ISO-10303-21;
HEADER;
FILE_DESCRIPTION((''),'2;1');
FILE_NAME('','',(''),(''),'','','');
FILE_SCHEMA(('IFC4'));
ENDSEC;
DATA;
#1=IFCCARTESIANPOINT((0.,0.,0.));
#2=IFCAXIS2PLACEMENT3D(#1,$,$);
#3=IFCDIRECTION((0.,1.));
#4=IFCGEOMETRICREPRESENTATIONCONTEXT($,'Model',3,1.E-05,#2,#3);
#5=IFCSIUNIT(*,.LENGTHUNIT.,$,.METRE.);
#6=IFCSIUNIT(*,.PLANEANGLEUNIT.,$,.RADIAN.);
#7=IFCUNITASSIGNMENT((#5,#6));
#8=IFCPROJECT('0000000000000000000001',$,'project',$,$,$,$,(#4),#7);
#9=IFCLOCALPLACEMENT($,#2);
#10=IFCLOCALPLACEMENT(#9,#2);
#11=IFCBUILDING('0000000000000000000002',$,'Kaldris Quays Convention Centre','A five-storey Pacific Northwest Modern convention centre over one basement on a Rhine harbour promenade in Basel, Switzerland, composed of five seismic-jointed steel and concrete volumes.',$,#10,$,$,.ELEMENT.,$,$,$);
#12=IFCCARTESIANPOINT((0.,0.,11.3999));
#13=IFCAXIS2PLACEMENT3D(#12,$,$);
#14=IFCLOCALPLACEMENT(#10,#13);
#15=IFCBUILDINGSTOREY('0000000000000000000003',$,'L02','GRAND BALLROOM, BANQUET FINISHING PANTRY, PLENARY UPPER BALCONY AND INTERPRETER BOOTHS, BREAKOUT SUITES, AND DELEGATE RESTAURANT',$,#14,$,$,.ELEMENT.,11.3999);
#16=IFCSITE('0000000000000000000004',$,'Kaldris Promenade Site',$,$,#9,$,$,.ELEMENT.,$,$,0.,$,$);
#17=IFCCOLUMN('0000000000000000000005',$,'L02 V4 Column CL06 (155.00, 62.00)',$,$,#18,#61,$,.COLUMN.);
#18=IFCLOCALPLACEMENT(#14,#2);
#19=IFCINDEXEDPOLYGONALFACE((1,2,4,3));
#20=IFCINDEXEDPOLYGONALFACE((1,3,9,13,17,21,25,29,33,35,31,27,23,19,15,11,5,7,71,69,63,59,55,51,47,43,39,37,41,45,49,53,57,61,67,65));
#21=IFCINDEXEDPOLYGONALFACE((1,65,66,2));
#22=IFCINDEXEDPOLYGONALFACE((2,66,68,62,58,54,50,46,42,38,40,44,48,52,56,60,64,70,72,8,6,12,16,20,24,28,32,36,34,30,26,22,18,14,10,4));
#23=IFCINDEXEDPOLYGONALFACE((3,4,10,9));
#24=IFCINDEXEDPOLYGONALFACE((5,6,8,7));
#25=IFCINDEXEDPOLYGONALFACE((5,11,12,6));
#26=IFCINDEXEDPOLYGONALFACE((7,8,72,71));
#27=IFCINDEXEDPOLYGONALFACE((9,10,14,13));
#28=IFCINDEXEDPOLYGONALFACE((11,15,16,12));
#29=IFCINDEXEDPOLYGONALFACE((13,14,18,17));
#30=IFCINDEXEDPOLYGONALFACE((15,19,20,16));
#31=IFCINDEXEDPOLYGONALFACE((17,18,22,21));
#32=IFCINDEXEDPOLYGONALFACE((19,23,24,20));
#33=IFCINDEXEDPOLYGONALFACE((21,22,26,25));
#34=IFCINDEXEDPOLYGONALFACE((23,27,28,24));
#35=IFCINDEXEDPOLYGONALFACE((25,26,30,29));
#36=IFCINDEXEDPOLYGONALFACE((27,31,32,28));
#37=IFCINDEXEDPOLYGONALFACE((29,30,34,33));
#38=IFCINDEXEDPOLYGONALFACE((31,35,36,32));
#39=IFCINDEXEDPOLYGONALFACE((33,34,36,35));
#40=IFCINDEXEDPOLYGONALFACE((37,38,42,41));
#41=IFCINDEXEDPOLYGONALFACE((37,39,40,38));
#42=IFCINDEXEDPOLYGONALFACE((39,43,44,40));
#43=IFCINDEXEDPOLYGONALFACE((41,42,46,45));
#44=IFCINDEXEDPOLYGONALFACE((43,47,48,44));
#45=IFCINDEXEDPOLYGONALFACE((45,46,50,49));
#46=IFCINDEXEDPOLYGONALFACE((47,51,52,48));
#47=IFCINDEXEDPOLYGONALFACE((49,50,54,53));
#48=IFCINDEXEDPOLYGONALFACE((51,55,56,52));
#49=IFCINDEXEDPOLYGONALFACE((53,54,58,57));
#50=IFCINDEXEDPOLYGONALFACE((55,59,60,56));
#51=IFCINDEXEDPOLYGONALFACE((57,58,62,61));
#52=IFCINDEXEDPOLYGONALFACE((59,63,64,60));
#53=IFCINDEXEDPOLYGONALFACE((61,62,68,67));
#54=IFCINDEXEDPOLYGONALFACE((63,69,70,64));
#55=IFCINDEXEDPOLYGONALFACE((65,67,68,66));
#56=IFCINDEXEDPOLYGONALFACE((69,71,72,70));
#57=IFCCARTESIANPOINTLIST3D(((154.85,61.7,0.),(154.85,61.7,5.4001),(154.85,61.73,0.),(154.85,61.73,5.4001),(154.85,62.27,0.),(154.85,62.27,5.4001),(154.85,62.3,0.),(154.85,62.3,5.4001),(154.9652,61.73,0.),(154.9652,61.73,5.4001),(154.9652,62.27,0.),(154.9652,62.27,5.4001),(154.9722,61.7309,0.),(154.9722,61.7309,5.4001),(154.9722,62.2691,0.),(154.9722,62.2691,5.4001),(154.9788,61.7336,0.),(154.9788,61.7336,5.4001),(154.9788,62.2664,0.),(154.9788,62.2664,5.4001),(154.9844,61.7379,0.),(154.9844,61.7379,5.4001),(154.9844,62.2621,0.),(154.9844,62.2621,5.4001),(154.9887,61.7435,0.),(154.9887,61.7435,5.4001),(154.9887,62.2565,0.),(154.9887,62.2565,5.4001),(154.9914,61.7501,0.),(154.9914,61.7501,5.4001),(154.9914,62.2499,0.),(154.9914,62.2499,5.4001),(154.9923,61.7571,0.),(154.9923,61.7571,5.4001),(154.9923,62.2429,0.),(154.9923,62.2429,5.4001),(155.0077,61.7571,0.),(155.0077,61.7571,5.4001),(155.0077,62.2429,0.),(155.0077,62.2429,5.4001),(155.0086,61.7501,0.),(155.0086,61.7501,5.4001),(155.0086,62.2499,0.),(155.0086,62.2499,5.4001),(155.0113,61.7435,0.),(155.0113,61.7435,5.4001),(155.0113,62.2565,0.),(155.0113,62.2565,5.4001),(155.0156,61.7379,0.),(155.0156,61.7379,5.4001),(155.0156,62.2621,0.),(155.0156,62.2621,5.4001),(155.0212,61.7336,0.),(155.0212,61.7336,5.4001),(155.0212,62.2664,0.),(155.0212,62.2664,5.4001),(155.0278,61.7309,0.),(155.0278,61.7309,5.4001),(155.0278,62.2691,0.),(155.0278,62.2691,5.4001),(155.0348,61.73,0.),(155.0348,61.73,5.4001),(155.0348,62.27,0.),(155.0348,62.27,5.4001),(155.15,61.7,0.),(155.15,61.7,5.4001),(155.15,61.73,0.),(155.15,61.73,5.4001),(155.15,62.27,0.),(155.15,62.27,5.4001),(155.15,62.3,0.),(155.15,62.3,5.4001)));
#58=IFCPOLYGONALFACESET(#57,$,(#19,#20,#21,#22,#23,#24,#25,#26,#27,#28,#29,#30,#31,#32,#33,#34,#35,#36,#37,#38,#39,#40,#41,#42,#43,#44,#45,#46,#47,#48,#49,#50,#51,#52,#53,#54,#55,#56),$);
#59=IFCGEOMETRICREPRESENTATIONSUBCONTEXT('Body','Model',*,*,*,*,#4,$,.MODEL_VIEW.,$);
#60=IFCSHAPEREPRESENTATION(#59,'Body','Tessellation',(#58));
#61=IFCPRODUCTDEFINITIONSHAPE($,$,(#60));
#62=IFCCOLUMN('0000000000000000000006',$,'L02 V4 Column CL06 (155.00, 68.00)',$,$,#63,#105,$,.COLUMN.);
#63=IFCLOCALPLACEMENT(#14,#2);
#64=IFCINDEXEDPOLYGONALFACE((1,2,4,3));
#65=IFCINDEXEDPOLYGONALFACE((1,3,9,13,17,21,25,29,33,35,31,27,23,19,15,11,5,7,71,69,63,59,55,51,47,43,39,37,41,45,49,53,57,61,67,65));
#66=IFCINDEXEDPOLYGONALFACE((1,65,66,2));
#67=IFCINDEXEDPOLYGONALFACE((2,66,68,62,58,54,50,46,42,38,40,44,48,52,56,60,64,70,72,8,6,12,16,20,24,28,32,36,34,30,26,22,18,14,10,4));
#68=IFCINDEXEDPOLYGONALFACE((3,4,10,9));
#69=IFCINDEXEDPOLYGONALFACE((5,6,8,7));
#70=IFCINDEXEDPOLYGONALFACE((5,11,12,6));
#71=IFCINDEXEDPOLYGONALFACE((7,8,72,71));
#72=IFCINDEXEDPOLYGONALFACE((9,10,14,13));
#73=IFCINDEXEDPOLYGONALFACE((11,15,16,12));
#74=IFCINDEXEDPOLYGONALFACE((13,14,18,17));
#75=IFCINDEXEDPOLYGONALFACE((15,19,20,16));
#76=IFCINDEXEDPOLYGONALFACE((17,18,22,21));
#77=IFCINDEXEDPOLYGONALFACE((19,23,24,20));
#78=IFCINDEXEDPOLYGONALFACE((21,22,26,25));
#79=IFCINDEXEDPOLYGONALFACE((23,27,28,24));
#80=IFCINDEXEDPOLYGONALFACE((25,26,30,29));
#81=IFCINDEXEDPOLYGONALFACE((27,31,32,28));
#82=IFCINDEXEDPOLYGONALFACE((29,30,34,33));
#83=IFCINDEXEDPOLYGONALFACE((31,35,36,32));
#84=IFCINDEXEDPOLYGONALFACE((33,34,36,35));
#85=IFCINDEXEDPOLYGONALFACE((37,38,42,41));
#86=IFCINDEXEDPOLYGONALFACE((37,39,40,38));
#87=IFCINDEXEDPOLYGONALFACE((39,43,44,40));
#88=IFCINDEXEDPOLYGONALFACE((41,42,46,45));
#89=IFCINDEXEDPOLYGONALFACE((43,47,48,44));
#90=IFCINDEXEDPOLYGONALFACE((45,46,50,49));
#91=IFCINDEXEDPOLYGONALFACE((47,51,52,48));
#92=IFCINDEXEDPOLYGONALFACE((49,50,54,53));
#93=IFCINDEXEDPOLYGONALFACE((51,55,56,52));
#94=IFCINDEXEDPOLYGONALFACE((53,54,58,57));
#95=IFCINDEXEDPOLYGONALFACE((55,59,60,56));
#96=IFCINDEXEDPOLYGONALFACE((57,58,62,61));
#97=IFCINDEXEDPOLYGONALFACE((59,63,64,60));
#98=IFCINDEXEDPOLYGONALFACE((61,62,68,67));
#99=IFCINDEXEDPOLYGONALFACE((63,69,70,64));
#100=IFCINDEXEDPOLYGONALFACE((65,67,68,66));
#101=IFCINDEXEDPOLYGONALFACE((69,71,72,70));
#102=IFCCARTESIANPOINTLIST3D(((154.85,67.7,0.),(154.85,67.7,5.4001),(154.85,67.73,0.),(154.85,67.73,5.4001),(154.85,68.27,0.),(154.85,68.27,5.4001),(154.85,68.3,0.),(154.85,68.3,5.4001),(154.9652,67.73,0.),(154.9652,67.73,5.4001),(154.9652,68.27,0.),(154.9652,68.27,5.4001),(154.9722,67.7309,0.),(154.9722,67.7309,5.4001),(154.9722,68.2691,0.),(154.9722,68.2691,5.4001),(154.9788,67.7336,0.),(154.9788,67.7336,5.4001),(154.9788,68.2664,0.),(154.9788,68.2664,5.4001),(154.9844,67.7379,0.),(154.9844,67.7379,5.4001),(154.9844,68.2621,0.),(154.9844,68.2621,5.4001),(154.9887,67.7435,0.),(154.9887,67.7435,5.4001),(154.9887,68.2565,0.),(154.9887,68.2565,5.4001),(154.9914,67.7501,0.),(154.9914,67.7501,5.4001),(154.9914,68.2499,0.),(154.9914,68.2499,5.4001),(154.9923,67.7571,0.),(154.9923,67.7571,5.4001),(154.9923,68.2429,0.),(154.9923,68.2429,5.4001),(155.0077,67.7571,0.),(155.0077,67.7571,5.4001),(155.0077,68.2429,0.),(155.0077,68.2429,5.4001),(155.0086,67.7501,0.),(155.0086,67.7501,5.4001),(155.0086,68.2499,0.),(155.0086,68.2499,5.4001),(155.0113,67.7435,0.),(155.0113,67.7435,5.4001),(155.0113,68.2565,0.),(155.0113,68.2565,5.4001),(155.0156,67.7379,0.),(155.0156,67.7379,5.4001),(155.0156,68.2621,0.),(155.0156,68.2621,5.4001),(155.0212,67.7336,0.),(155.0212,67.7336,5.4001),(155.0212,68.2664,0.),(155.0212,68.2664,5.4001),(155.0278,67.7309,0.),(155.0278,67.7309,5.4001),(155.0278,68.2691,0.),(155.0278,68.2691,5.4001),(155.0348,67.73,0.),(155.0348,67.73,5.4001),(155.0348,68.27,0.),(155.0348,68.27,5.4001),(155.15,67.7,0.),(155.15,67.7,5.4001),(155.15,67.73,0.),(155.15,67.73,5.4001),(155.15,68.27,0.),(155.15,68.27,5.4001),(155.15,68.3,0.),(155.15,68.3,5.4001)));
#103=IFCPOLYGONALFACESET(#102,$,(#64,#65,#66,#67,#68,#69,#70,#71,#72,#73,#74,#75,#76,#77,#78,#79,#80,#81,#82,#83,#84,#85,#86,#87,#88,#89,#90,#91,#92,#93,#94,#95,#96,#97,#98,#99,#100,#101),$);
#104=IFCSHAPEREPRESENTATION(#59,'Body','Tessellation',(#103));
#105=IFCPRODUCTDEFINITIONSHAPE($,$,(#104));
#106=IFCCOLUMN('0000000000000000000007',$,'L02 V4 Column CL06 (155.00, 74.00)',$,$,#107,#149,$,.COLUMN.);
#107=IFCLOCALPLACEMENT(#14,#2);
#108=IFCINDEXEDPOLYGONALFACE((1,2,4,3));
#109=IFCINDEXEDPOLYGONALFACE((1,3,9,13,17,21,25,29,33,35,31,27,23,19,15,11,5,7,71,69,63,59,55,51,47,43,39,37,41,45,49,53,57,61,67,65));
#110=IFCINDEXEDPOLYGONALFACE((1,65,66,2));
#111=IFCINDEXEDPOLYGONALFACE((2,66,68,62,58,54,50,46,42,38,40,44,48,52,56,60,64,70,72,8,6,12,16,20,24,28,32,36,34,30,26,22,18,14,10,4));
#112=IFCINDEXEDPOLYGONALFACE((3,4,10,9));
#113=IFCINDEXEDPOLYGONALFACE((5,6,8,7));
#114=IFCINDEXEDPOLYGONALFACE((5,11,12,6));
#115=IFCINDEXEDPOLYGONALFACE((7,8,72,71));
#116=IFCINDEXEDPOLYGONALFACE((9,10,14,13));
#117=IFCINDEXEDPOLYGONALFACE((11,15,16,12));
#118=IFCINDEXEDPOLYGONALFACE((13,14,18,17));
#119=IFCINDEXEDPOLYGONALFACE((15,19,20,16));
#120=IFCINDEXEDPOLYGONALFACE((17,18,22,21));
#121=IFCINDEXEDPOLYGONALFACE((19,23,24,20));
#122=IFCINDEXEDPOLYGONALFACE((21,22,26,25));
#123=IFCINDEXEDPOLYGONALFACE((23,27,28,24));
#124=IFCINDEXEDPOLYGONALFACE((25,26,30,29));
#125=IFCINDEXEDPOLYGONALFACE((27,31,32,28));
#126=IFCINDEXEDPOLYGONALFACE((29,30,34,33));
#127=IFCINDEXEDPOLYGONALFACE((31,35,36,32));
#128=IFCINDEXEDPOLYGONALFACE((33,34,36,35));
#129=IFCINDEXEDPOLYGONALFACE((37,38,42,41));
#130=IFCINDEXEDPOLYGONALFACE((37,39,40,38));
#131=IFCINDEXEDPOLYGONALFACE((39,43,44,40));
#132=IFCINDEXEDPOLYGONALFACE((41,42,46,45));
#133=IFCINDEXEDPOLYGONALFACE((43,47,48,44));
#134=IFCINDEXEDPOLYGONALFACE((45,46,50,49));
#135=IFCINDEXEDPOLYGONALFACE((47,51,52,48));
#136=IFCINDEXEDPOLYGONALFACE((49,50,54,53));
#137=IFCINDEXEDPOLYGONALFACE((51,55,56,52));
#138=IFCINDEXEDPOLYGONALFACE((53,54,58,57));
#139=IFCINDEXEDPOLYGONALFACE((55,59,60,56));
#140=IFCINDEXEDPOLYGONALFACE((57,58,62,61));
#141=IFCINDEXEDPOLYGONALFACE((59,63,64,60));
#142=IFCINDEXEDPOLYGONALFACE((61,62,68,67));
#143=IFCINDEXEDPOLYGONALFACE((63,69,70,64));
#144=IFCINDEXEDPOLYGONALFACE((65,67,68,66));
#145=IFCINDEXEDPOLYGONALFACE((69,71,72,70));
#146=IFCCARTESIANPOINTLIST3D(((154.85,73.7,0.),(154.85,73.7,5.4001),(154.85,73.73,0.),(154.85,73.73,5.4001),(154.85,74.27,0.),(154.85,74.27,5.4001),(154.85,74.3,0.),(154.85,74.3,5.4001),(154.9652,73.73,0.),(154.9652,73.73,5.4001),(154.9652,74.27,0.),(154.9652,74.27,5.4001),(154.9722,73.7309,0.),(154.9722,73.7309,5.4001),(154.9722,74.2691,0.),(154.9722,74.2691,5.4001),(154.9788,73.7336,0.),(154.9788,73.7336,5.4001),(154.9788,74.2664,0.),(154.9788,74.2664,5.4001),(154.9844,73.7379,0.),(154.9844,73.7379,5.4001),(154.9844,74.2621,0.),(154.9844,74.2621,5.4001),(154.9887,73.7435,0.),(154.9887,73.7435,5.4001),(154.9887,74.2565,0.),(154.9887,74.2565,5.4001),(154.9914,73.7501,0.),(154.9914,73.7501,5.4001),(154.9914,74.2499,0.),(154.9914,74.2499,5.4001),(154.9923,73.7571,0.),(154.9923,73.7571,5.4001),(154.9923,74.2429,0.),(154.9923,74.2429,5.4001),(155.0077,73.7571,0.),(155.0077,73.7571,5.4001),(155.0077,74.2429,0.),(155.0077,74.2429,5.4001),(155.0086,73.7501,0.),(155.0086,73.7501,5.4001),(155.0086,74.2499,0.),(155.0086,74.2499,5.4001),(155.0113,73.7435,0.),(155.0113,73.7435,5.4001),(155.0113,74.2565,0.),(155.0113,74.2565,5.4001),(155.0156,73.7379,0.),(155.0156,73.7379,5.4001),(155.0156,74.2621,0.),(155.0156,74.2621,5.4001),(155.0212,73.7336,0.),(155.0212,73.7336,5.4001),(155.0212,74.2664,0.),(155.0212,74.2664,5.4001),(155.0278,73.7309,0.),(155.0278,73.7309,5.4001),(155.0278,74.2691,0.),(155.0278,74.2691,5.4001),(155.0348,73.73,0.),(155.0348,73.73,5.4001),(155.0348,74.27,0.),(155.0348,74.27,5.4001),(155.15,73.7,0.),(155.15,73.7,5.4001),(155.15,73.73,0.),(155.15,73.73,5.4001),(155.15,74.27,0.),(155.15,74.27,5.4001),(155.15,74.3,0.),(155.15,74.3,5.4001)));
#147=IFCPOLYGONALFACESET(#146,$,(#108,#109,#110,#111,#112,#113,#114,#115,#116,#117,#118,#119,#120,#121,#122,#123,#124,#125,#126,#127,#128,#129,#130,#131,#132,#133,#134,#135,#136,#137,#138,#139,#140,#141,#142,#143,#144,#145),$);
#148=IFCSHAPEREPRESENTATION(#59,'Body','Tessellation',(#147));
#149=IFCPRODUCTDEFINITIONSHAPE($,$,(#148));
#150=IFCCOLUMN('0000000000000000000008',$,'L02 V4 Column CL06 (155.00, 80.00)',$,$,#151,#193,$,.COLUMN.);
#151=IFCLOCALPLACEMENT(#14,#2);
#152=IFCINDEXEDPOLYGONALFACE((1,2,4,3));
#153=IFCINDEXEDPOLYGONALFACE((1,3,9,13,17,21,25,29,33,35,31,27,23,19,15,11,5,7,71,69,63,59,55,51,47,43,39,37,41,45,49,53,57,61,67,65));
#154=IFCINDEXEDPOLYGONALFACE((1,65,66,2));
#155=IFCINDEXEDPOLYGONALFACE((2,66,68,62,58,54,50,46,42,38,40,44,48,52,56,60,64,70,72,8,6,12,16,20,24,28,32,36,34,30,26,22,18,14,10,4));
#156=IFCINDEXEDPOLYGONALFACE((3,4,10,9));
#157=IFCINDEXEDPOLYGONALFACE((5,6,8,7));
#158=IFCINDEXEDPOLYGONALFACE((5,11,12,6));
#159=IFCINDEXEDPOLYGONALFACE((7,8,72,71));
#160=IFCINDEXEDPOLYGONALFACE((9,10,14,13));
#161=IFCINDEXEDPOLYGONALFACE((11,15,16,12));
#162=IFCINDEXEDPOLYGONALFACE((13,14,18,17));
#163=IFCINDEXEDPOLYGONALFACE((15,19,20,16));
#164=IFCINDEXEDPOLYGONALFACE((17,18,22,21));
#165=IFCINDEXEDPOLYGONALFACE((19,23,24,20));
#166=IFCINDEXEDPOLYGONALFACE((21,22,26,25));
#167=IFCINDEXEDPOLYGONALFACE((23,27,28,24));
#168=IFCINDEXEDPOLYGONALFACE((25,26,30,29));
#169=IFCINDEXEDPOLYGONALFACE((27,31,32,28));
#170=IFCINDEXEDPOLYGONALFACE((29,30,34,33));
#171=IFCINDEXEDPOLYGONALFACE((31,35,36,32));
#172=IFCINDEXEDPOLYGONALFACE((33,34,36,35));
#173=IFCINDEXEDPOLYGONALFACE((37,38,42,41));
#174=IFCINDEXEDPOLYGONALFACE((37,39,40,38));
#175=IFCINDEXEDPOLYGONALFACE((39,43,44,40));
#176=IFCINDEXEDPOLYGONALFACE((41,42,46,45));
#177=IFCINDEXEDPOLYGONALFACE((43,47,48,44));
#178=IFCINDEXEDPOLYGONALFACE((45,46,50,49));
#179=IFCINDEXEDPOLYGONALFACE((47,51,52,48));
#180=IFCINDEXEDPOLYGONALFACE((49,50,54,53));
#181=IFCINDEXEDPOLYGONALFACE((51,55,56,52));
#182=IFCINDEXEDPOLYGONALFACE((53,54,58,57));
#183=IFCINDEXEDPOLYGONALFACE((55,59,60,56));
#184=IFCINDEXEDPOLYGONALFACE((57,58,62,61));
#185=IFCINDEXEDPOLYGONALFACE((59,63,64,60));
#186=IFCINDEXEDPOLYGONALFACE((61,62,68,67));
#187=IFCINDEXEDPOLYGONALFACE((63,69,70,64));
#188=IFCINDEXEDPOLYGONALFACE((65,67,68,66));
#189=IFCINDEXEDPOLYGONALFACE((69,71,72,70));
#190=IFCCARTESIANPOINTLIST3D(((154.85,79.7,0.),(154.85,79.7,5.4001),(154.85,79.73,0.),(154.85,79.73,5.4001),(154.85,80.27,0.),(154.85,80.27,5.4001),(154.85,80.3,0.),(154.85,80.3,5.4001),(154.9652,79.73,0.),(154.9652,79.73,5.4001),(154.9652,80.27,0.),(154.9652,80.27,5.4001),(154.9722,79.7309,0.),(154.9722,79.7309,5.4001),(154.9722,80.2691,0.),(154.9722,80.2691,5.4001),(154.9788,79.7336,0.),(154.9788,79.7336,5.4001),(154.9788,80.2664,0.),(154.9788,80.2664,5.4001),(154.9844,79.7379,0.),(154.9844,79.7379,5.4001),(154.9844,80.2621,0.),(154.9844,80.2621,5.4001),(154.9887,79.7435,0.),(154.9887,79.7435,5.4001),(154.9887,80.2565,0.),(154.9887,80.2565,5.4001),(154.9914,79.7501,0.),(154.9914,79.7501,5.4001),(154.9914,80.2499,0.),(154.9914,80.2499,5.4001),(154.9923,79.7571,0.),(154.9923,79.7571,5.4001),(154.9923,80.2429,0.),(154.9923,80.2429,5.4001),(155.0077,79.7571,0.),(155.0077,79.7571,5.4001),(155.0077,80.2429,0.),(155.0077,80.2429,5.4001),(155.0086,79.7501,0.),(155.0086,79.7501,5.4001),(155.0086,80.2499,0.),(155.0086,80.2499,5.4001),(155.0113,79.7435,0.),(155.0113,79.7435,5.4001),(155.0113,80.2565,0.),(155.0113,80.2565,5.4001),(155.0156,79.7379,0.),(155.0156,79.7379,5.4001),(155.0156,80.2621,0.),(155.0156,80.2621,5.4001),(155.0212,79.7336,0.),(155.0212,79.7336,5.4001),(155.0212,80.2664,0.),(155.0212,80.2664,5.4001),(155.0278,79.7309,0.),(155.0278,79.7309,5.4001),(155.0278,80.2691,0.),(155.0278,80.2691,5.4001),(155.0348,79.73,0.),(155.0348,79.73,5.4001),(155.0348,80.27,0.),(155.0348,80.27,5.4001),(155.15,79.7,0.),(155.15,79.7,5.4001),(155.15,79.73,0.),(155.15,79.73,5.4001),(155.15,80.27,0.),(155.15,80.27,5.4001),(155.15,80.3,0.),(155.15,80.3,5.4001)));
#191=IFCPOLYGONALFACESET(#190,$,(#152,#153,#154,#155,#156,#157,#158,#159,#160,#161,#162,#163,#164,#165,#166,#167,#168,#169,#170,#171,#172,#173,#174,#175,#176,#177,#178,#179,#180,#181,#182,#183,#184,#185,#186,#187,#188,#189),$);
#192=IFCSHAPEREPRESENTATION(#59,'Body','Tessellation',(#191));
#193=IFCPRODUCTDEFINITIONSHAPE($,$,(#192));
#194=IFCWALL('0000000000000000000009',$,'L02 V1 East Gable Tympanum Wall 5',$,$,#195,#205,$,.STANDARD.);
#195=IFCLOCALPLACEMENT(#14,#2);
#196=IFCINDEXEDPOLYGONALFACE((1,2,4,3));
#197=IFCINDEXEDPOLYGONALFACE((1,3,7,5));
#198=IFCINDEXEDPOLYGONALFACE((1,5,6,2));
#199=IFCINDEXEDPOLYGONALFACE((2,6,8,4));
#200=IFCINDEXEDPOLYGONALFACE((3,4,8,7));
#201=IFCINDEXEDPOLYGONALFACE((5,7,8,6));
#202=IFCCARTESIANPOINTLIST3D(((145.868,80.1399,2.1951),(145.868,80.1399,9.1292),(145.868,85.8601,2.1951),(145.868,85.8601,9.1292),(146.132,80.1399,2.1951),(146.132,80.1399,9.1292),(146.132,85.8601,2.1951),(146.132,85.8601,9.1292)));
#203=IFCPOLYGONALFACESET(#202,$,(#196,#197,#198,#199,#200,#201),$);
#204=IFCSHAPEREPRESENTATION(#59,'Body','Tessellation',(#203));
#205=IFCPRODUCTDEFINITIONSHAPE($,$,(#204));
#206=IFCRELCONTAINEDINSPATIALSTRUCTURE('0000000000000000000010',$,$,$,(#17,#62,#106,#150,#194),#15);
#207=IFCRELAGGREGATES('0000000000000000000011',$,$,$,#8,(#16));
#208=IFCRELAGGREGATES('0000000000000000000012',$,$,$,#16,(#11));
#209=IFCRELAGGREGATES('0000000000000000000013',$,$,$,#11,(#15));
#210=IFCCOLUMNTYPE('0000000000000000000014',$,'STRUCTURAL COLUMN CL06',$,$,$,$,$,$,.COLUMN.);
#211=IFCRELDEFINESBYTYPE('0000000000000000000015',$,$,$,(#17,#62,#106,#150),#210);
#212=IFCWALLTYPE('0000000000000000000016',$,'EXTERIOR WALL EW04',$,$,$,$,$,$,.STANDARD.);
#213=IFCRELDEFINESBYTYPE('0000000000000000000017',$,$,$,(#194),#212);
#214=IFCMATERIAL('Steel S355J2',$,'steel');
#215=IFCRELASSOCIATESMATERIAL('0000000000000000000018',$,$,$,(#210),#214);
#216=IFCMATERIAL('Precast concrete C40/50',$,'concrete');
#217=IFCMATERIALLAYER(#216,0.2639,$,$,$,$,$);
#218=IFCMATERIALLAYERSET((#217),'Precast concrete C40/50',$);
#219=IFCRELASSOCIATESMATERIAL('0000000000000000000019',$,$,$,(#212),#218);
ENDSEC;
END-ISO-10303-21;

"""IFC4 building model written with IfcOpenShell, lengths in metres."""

from ifc_helpers import new_model, si_unit, direction, frame, frame_2d, origin, origin_2d, place, context, subcontext, project, spatial, rectangle, i_section, extrude, material, layer, layer_set, material_profile, profile_set, type_object, element, save


model = new_model("IFC4")

# Units and contexts
model_context = context("Model", 3, precision=1e-05, world=origin(), true_north=direction((0.0, 1.0)))
body_context = subcontext(model_context, "Body", "Model", "MODEL_VIEW")
ifc_project = project(units=[si_unit("LENGTHUNIT", "METRE"), si_unit("PLANEANGLEUNIT", "RADIAN")], contexts=[model_context])

# Site, building, storey
site_placement = place(None, origin())
site = spatial("IfcSite", under=ifc_project, at=site_placement, Name="Kaldris Promenade Site", CompositionType="ELEMENT", RefElevation=0.0)
building_placement = place(site_placement, origin())
building = spatial("IfcBuilding", under=site, at=building_placement, Name="Kaldris Quays Convention Centre", Description="A five-storey Pacific Northwest Modern convention centre over one basement on a Rhine harbour promenade in Basel, Switzerland, composed of five seismic-jointed steel and concrete volumes.", CompositionType="ELEMENT")
storey_placement = place(building_placement, frame((0.0, 0.0, 11.3999)))
storey = spatial("IfcBuildingStorey", under=building, at=storey_placement, Name="L02", Description="GRAND BALLROOM, BANQUET FINISHING PANTRY, PLENARY UPPER BALCONY AND INTERPRETER BOOTHS, BREAKOUT SUITES, AND DELEGATE RESTAURANT", CompositionType="ELEMENT", Elevation=11.3999)

# Columns
ifc_material_1 = material(Name="Steel S355J2", Category="steel")
ifc_material_profile = material_profile(ifc_material_1, i_section(OverallWidth=0.3, OverallDepth=0.6001, WebThickness=0.0154, FlangeThickness=0.03, FilletRadius=0.0271, at=origin_2d()), Name="HEB 600")
ifc_profile_set = profile_set([ifc_material_profile], Name="Steel S355J2")
column_type = type_object("IfcColumnType", Name="STRUCTURAL COLUMN CL06", PredefinedType="COLUMN", material=ifc_profile_set)
for number, where, z_axis, x_axis, name in (
    (1, (155.0, 62.0, 0.0), (0.0, 0.0, 1.0), (1.0, 0.0, 0.0), "L02 V4 Column CL06 (155.00, 62.00)"),
    (2, (155.0, 68.0, 0.0), (0.0, 0.0, 1.0), (1.0, 0.0, 0.0), "L02 V4 Column CL06 (155.00, 68.00)"),
    (3, (155.0, 74.0, 0.0), (0.0, 0.0, 1.0), (1.0, 0.0, 0.0), "L02 V4 Column CL06 (155.00, 74.00)"),
    (4, (155.0, 80.0, 0.0), (0.0, 0.0, 1.0), (1.0, 0.0, 0.0), "L02 V4 Column CL06 (155.00, 80.00)"),
):
    element("IfcColumn", number, at=place(storey_placement, frame(where, z_axis=z_axis, x_axis=x_axis)), inside=storey, type_object=column_type, Name=name, PredefinedType="COLUMN", context=body_context, shape_type="SweptSolid", body=[
        extrude(i_section(OverallWidth=0.3, OverallDepth=0.6001, WebThickness=0.0154, FlangeThickness=0.03, FilletRadius=0.0271, at=origin_2d()), origin(), (0.0, 0.0, 1.0), 5.4001),
    ])

# Wall
ifc_material_2 = material(Name="Precast concrete C40/50", Category="concrete")
ifc_layer_1 = layer(ifc_material_2, 0.2639)
ifc_layer_set_1 = layer_set([ifc_layer_1], Name="Precast concrete C40/50")
wall_type_1 = type_object("IfcWallType", Name="EXTERIOR WALL EW04", PredefinedType="STANDARD", material=ifc_layer_set_1)
wall_1_placement = place(storey_placement, frame((146.0, 80.1399, 2.1951), z_axis=(0.0, 0.0, 1.0), x_axis=(0.0, 1.0, 0.0)))
element("IfcWall", 5, at=wall_1_placement, inside=storey, type_object=wall_type_1, Name="L02 V1 East Gable Tympanum Wall 5", PredefinedType="STANDARD", context=body_context, shape_type="SweptSolid", body=[
    extrude(rectangle(XDim=5.7202, YDim=0.2639, at=frame_2d((2.8601, 0.0))), origin(), (0.0, 0.0, 1.0), 6.9341),
])

save(model, "model.ifc")
